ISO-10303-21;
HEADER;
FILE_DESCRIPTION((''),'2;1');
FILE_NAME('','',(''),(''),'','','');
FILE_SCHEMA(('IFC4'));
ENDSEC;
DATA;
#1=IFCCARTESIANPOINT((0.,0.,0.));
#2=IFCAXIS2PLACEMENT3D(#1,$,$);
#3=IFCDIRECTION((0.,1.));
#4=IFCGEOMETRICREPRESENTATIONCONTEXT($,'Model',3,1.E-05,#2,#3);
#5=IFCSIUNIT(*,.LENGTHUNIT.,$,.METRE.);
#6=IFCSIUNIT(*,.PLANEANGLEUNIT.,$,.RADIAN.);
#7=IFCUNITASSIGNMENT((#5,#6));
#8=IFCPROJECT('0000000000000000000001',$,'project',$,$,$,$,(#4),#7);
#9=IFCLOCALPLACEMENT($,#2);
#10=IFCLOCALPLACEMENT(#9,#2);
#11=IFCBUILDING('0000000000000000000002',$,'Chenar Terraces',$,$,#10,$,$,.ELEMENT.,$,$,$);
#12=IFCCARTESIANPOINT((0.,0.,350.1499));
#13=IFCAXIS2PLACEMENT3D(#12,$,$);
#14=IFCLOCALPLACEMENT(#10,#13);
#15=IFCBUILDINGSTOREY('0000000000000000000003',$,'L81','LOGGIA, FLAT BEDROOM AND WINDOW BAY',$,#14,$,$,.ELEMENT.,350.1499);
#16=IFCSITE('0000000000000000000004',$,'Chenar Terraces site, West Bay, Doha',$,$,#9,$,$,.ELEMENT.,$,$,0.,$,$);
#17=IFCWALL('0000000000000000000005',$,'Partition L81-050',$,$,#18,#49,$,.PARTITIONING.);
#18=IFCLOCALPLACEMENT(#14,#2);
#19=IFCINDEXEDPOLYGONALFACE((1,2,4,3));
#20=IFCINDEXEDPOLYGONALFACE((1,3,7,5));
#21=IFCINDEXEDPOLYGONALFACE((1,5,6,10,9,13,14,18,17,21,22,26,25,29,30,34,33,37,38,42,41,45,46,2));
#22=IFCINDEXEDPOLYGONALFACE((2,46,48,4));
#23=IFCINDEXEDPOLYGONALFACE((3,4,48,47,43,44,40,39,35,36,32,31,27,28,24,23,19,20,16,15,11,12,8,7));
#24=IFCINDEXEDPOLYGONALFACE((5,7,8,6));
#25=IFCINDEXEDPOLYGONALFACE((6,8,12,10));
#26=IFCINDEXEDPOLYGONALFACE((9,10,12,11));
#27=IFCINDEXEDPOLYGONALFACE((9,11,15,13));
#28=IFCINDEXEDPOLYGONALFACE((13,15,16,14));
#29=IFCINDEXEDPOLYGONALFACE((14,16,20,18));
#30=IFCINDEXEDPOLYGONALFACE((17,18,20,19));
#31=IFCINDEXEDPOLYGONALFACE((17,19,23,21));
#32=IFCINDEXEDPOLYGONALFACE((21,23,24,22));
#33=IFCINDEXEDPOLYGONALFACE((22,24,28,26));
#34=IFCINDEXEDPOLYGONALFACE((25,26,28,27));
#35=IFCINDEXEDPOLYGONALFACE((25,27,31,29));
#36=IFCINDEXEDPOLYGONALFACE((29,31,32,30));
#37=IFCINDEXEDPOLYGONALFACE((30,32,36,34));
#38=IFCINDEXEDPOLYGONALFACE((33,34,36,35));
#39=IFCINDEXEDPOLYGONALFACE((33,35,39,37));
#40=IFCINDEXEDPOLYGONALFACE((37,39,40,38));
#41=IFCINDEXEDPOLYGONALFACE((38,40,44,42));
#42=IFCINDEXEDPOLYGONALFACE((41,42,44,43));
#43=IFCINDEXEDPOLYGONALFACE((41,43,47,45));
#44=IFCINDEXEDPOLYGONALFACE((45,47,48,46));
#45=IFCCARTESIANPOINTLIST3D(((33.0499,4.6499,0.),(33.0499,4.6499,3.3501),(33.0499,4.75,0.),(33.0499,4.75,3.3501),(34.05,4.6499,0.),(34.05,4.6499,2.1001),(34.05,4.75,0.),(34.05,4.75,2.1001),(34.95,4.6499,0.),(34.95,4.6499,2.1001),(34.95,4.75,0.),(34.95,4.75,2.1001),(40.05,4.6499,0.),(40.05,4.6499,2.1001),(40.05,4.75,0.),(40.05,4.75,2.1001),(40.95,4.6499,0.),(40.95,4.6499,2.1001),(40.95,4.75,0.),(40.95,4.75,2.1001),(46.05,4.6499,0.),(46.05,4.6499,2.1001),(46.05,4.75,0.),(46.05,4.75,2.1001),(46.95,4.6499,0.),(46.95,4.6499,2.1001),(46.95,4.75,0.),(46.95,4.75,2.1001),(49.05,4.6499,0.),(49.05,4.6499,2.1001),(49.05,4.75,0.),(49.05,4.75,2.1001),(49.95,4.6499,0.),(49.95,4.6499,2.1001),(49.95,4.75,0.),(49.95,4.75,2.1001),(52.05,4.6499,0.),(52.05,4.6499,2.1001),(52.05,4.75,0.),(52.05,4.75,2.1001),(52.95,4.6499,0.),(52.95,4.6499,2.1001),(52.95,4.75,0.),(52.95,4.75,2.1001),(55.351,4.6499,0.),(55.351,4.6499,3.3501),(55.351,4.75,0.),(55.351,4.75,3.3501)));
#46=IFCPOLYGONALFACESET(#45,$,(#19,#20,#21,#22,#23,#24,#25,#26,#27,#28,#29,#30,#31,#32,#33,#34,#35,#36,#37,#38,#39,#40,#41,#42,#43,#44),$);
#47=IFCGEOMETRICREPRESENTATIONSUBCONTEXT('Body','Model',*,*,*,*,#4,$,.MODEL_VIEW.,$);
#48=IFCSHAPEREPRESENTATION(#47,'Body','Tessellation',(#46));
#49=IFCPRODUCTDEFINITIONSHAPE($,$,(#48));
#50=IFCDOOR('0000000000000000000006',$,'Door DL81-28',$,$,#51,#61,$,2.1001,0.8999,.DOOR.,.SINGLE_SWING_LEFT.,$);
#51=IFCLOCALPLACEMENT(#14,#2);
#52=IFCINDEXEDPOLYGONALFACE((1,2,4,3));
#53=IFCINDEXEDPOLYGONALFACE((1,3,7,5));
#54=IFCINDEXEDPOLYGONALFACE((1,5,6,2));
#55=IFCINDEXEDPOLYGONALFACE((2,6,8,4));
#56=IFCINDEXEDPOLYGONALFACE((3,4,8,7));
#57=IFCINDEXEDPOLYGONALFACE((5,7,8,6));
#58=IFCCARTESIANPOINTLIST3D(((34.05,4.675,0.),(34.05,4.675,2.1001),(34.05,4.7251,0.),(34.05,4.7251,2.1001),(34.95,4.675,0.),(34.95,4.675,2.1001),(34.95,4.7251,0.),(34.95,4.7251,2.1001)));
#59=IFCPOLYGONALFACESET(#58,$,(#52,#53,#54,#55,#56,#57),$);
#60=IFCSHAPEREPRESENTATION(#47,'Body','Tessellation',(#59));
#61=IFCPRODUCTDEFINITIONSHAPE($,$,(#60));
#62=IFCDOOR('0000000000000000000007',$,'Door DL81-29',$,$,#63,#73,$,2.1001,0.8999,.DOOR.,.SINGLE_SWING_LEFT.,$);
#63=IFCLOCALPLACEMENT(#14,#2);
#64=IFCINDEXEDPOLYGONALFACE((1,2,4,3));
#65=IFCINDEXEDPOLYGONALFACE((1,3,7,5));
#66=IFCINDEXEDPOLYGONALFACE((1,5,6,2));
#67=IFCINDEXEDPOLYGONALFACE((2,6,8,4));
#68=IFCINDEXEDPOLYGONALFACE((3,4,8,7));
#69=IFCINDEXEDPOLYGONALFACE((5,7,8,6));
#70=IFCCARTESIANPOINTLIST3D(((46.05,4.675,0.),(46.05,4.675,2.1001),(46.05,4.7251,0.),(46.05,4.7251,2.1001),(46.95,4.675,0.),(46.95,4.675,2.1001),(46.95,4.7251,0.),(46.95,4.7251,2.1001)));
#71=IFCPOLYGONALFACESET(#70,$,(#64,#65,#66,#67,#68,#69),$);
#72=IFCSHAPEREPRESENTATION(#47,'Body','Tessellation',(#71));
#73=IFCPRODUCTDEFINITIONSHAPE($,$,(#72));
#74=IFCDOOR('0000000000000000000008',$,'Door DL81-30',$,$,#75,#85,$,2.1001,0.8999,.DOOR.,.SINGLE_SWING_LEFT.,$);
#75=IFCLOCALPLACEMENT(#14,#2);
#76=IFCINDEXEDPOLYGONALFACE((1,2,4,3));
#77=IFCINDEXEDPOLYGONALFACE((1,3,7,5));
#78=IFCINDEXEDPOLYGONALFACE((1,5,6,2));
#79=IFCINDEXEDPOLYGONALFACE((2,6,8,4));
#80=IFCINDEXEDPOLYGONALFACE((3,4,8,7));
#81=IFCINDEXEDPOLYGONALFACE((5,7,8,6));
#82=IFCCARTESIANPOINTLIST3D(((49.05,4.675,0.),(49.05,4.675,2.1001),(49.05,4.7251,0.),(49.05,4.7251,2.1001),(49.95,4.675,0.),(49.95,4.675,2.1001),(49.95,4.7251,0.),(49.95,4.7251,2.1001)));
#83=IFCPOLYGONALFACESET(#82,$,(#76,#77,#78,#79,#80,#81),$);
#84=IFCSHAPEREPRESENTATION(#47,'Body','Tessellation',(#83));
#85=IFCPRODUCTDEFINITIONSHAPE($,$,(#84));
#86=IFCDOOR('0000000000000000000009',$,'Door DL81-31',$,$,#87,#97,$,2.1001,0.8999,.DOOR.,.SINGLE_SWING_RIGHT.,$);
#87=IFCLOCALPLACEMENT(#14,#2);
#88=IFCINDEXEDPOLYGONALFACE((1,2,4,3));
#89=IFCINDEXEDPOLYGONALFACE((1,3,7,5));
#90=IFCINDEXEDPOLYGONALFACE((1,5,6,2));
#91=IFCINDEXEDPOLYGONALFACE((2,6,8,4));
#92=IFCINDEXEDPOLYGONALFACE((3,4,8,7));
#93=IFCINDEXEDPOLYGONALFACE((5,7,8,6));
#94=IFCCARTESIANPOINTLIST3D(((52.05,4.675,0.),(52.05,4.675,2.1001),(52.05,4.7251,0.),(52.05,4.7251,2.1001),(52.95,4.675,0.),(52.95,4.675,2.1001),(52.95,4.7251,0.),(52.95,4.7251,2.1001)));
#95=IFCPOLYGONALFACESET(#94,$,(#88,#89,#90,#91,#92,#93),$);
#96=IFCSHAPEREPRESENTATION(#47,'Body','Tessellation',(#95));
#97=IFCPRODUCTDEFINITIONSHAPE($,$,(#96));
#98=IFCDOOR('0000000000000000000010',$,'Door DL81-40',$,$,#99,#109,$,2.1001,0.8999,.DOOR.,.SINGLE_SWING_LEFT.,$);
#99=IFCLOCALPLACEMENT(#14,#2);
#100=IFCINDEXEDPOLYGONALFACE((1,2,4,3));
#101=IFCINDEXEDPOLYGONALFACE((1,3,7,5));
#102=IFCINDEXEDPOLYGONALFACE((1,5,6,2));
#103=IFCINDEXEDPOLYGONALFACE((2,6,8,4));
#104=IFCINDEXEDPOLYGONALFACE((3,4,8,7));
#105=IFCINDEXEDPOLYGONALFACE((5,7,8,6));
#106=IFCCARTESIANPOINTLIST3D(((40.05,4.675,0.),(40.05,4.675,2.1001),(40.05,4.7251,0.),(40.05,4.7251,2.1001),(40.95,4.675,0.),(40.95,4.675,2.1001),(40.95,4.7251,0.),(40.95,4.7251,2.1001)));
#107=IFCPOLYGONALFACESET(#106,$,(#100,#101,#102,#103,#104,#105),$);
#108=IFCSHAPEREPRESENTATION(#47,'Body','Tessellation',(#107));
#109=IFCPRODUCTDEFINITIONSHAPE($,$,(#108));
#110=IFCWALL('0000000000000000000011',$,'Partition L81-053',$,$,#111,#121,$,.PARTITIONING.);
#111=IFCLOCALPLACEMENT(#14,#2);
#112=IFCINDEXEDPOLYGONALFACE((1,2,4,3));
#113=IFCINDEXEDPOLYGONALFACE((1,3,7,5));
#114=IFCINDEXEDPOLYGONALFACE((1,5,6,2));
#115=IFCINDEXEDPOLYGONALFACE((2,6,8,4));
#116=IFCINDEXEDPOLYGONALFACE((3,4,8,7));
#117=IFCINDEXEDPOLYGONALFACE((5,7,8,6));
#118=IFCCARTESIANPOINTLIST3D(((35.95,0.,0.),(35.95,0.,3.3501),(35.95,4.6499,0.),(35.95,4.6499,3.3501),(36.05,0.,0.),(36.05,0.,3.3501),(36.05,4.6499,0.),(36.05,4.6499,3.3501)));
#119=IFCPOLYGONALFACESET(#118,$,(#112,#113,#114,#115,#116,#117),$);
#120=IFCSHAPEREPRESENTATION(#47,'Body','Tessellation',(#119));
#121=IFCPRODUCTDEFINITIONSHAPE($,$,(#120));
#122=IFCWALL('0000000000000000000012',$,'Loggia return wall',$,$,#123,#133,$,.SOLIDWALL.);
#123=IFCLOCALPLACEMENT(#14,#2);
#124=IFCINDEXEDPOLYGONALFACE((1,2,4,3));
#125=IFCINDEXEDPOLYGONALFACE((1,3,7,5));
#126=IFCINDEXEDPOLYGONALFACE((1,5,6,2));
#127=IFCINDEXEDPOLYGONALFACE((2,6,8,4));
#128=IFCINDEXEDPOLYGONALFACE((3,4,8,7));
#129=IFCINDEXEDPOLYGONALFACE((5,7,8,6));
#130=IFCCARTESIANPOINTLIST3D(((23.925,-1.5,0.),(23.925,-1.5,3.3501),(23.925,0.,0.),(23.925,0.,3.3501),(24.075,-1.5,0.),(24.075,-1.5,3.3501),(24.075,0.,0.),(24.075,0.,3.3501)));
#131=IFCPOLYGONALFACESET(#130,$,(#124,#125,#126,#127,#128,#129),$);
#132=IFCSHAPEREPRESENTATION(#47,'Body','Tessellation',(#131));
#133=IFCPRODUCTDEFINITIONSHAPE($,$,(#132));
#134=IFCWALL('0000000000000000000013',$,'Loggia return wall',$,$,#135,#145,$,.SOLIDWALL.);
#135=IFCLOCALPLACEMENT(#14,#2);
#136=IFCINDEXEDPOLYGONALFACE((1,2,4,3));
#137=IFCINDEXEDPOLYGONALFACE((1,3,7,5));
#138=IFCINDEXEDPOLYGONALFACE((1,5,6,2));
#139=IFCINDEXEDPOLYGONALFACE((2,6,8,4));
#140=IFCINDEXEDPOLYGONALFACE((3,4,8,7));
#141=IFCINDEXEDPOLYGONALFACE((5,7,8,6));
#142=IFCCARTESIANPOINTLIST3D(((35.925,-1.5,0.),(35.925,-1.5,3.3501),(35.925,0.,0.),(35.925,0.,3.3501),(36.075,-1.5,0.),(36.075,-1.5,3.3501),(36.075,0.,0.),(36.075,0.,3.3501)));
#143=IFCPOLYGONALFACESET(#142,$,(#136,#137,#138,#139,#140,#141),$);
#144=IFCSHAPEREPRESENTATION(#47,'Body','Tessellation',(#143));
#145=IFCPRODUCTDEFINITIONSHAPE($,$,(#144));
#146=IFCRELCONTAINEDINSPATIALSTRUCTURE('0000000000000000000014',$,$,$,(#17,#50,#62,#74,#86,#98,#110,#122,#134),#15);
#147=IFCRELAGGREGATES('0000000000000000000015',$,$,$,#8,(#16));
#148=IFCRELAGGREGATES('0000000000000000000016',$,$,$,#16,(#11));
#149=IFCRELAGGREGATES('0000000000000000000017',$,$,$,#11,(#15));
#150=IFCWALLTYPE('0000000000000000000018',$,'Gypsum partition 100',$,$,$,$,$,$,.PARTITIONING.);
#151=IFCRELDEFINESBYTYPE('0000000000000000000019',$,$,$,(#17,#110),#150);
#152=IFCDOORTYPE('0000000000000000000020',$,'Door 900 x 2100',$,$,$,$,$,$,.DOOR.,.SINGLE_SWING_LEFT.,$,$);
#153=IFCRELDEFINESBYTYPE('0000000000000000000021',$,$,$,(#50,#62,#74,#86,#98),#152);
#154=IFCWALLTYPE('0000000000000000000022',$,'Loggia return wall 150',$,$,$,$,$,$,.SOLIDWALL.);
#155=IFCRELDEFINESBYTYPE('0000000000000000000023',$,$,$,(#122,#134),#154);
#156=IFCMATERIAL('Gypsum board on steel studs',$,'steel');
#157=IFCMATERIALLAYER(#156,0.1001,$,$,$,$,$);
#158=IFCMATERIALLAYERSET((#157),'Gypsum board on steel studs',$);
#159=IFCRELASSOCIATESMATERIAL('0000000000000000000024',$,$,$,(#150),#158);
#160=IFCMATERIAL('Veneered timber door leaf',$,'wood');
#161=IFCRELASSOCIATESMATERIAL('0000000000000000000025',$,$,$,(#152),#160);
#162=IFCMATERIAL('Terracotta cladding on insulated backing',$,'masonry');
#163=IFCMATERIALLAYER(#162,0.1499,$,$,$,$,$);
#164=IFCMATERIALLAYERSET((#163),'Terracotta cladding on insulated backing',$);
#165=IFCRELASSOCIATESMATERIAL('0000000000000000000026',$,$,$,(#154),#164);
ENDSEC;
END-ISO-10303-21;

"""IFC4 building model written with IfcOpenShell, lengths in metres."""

from ifc_helpers import new_model, si_unit, direction, frame, frame_2d, origin, place, context, subcontext, project, spatial, rectangle, extrude, material, layer, layer_set, type_object, element, fill, save


model = new_model("IFC4")

# Units and contexts
model_context = context("Model", 3, precision=1e-05, world=origin(), true_north=direction((0.0, 1.0)))
body_context = subcontext(model_context, "Body", "Model", "MODEL_VIEW")
ifc_project = project(units=[si_unit("LENGTHUNIT", "METRE"), si_unit("PLANEANGLEUNIT", "RADIAN")], contexts=[model_context])

# Site, building, storey
site_placement = place(None, origin())
site = spatial("IfcSite", under=ifc_project, at=site_placement, Name="Chenar Terraces site, West Bay, Doha", CompositionType="ELEMENT", RefElevation=0.0)
building_placement = place(site_placement, origin())
building = spatial("IfcBuilding", under=site, at=building_placement, Name="Chenar Terraces", CompositionType="ELEMENT")
storey_placement = place(building_placement, frame((0.0, 0.0, 350.1499)))
storey = spatial("IfcBuildingStorey", under=building, at=storey_placement, Name="L81", Description="LOGGIA, FLAT BEDROOM AND WINDOW BAY", CompositionType="ELEMENT", Elevation=350.1499)

# Shared definitions
ifc_material_1 = material(Name="Gypsum board on steel studs", Category="steel")
ifc_layer_1 = layer(ifc_material_1, 0.1001)
ifc_layer_set_1 = layer_set([ifc_layer_1], Name="Gypsum board on steel studs")
wall_type_1 = type_object("IfcWallType", Name="Gypsum partition 100", PredefinedType="PARTITIONING", material=ifc_layer_set_1)

# Shared definitions
ifc_material_2 = material(Name="Veneered timber door leaf", Category="wood")
door_type_1 = type_object("IfcDoorType", Name="Door 900 x 2100", OperationType="SINGLE_SWING_LEFT", PredefinedType="DOOR", material=ifc_material_2)

# Wall, openings, doors
wall_1_placement = place(storey_placement, frame((33.05, 4.7, 0.0), z_axis=(0.0, 0.0, 1.0), x_axis=(1.0, 0.0, 0.0)))
wall_1 = element("IfcWall", 1, at=wall_1_placement, inside=storey, type_object=wall_type_1, Name="Partition L81-050", PredefinedType="PARTITIONING", context=body_context, shape_type="SweptSolid", body=[
    extrude(rectangle(XDim=22.301, YDim=0.1001, at=frame_2d((11.1504, 0.0))), origin(), (0.0, 0.0, 1.0), 3.3501),
])
opening_1_placement = place(wall_1_placement, frame((1.0, 0.0, 0.0)))
opening_1 = element("IfcOpeningElement", 2, at=opening_1_placement, cuts=wall_1, PredefinedType="OPENING", context=body_context, shape_type="SweptSolid", body=[
    extrude(rectangle(XDim=0.8999, YDim=2.1001, at=frame_2d((0.45, 1.05))), frame((0.0, 0.0601, 0.0), z_axis=(0.0, -1.0, 0.0), x_axis=(1.0, 0.0, 0.0)), (0.0, 0.0, 1.0), 0.1201),
])
opening_2_placement = place(wall_1_placement, frame((13.0, 0.0, 0.0)))
opening_2 = element("IfcOpeningElement", 3, at=opening_2_placement, cuts=wall_1, PredefinedType="OPENING", context=body_context, shape_type="SweptSolid", body=[
    extrude(rectangle(XDim=0.8999, YDim=2.1001, at=frame_2d((0.45, 1.05))), frame((0.0, 0.0601, 0.0), z_axis=(0.0, -1.0, 0.0), x_axis=(1.0, 0.0, 0.0)), (0.0, 0.0, 1.0), 0.1201),
])
opening_3_placement = place(wall_1_placement, frame((16.0, 0.0, 0.0)))
opening_3 = element("IfcOpeningElement", 4, at=opening_3_placement, cuts=wall_1, PredefinedType="OPENING", context=body_context, shape_type="SweptSolid", body=[
    extrude(rectangle(XDim=0.8999, YDim=2.1001, at=frame_2d((0.45, 1.05))), frame((0.0, 0.0601, 0.0), z_axis=(0.0, -1.0, 0.0), x_axis=(1.0, 0.0, 0.0)), (0.0, 0.0, 1.0), 0.1201),
])
opening_4_placement = place(wall_1_placement, frame((19.0, 0.0, 0.0)))
opening_4 = element("IfcOpeningElement", 5, at=opening_4_placement, cuts=wall_1, PredefinedType="OPENING", context=body_context, shape_type="SweptSolid", body=[
    extrude(rectangle(XDim=0.8999, YDim=2.1001, at=frame_2d((0.45, 1.05))), frame((0.0, 0.0601, 0.0), z_axis=(0.0, -1.0, 0.0), x_axis=(1.0, 0.0, 0.0)), (0.0, 0.0, 1.0), 0.1201),
])
opening_5_placement = place(wall_1_placement, frame((7.0, 0.0, 0.0)))
opening_5 = element("IfcOpeningElement", 6, at=opening_5_placement, cuts=wall_1, PredefinedType="OPENING", context=body_context, shape_type="SweptSolid", body=[
    extrude(rectangle(XDim=0.8999, YDim=2.1001, at=frame_2d((0.45, 1.05))), frame((0.0, 0.0601, 0.0), z_axis=(0.0, -1.0, 0.0), x_axis=(1.0, 0.0, 0.0)), (0.0, 0.0, 1.0), 0.1201),
])
door_1_placement = place(opening_1_placement, frame((0.8999, 0.0, 0.0), z_axis=(0.0, 0.0, 1.0), x_axis=(-1.0, 0.0, 0.0)))
door_1 = element("IfcDoor", 7, at=door_1_placement, inside=storey, type_object=door_type_1, Name="Door DL81-28", OperationType="SINGLE_SWING_LEFT", OverallHeight=2.1001, OverallWidth=0.8999, PredefinedType="DOOR", context=body_context, shape_type="SweptSolid", body=[
    extrude(rectangle(XDim=0.8999, YDim=2.1001, at=frame_2d((0.45, 1.05))), frame((0.0, 0.0249, 0.0), z_axis=(0.0, -1.0, 0.0), x_axis=(1.0, 0.0, 0.0)), (0.0, 0.0, 1.0), 0.05),
])
fill(opening_1, door_1)
door_2_placement = place(opening_2_placement, frame((0.8999, 0.0, 0.0), z_axis=(0.0, 0.0, 1.0), x_axis=(-1.0, 0.0, 0.0)))
door_2 = element("IfcDoor", 8, at=door_2_placement, inside=storey, type_object=door_type_1, Name="Door DL81-29", OperationType="SINGLE_SWING_LEFT", OverallHeight=2.1001, OverallWidth=0.8999, PredefinedType="DOOR", context=body_context, shape_type="SweptSolid", body=[
    extrude(rectangle(XDim=0.8999, YDim=2.1001, at=frame_2d((0.45, 1.05))), frame((0.0, 0.0249, 0.0), z_axis=(0.0, -1.0, 0.0), x_axis=(1.0, 0.0, 0.0)), (0.0, 0.0, 1.0), 0.05),
])
fill(opening_2, door_2)
door_3_placement = place(opening_3_placement, frame((0.8999, 0.0, 0.0), z_axis=(0.0, 0.0, 1.0), x_axis=(-1.0, 0.0, 0.0)))
door_3 = element("IfcDoor", 9, at=door_3_placement, inside=storey, type_object=door_type_1, Name="Door DL81-30", OperationType="SINGLE_SWING_LEFT", OverallHeight=2.1001, OverallWidth=0.8999, PredefinedType="DOOR", context=body_context, shape_type="SweptSolid", body=[
    extrude(rectangle(XDim=0.8999, YDim=2.1001, at=frame_2d((0.45, 1.05))), frame((0.0, 0.0249, 0.0), z_axis=(0.0, -1.0, 0.0), x_axis=(1.0, 0.0, 0.0)), (0.0, 0.0, 1.0), 0.05),
])
fill(opening_3, door_3)
door_4_placement = place(opening_4_placement, frame((0.8999, 0.0, 0.0), z_axis=(0.0, 0.0, 1.0), x_axis=(-1.0, 0.0, 0.0)))
door_4 = element("IfcDoor", 10, at=door_4_placement, inside=storey, type_object=door_type_1, Name="Door DL81-31", OperationType="SINGLE_SWING_RIGHT", OverallHeight=2.1001, OverallWidth=0.8999, PredefinedType="DOOR", context=body_context, shape_type="SweptSolid", body=[
    extrude(rectangle(XDim=0.8999, YDim=2.1001, at=frame_2d((0.45, 1.05))), frame((0.0, 0.0249, 0.0), z_axis=(0.0, -1.0, 0.0), x_axis=(1.0, 0.0, 0.0)), (0.0, 0.0, 1.0), 0.05),
])
fill(opening_4, door_4)
door_5_placement = place(opening_5_placement, frame((0.8999, 0.0, 0.0), z_axis=(0.0, 0.0, 1.0), x_axis=(-1.0, 0.0, 0.0)))
door_5 = element("IfcDoor", 11, at=door_5_placement, inside=storey, type_object=door_type_1, Name="Door DL81-40", OperationType="SINGLE_SWING_LEFT", OverallHeight=2.1001, OverallWidth=0.8999, PredefinedType="DOOR", context=body_context, shape_type="SweptSolid", body=[
    extrude(rectangle(XDim=0.8999, YDim=2.1001, at=frame_2d((0.45, 1.05))), frame((0.0, 0.0249, 0.0), z_axis=(0.0, -1.0, 0.0), x_axis=(1.0, 0.0, 0.0)), (0.0, 0.0, 1.0), 0.05),
])
fill(opening_5, door_5)

# Walls
wall_2_placement = place(storey_placement, frame((36.0, 0.0, 0.0), z_axis=(0.0, 0.0, 1.0), x_axis=(0.0, 1.0, 0.0)))
element("IfcWall", 12, at=wall_2_placement, inside=storey, type_object=wall_type_1, Name="Partition L81-053", PredefinedType="PARTITIONING", context=body_context, shape_type="SweptSolid", body=[
    extrude(rectangle(XDim=4.6499, YDim=0.1001, at=frame_2d((2.325, 0.0))), origin(), (0.0, 0.0, 1.0), 3.3501),
])
ifc_material_3 = material(Name="Terracotta cladding on insulated backing", Category="masonry")
ifc_layer_2 = layer(ifc_material_3, 0.1499)
ifc_layer_set_2 = layer_set([ifc_layer_2], Name="Terracotta cladding on insulated backing")
wall_type_2 = type_object("IfcWallType", Name="Loggia return wall 150", PredefinedType="SOLIDWALL", material=ifc_layer_set_2)
for number, where, z_axis, x_axis, name in (
    (13, (24.0, -1.5, 0.0), (0.0, 0.0, 1.0), (0.0, 1.0, 0.0), "Loggia return wall"),
    (14, (36.0, -1.5, 0.0), (0.0, 0.0, 1.0), (0.0, 1.0, 0.0), "Loggia return wall"),
):
    element("IfcWall", number, at=place(storey_placement, frame(where, z_axis=z_axis, x_axis=x_axis)), inside=storey, type_object=wall_type_2, Name=name, PredefinedType="SOLIDWALL", context=body_context, shape_type="SweptSolid", body=[
        extrude(rectangle(XDim=1.5, YDim=0.1499, at=frame_2d((0.75, 0.0))), origin(), (0.0, 0.0, 1.0), 3.3501),
    ])

save(model, "model.ifc")
